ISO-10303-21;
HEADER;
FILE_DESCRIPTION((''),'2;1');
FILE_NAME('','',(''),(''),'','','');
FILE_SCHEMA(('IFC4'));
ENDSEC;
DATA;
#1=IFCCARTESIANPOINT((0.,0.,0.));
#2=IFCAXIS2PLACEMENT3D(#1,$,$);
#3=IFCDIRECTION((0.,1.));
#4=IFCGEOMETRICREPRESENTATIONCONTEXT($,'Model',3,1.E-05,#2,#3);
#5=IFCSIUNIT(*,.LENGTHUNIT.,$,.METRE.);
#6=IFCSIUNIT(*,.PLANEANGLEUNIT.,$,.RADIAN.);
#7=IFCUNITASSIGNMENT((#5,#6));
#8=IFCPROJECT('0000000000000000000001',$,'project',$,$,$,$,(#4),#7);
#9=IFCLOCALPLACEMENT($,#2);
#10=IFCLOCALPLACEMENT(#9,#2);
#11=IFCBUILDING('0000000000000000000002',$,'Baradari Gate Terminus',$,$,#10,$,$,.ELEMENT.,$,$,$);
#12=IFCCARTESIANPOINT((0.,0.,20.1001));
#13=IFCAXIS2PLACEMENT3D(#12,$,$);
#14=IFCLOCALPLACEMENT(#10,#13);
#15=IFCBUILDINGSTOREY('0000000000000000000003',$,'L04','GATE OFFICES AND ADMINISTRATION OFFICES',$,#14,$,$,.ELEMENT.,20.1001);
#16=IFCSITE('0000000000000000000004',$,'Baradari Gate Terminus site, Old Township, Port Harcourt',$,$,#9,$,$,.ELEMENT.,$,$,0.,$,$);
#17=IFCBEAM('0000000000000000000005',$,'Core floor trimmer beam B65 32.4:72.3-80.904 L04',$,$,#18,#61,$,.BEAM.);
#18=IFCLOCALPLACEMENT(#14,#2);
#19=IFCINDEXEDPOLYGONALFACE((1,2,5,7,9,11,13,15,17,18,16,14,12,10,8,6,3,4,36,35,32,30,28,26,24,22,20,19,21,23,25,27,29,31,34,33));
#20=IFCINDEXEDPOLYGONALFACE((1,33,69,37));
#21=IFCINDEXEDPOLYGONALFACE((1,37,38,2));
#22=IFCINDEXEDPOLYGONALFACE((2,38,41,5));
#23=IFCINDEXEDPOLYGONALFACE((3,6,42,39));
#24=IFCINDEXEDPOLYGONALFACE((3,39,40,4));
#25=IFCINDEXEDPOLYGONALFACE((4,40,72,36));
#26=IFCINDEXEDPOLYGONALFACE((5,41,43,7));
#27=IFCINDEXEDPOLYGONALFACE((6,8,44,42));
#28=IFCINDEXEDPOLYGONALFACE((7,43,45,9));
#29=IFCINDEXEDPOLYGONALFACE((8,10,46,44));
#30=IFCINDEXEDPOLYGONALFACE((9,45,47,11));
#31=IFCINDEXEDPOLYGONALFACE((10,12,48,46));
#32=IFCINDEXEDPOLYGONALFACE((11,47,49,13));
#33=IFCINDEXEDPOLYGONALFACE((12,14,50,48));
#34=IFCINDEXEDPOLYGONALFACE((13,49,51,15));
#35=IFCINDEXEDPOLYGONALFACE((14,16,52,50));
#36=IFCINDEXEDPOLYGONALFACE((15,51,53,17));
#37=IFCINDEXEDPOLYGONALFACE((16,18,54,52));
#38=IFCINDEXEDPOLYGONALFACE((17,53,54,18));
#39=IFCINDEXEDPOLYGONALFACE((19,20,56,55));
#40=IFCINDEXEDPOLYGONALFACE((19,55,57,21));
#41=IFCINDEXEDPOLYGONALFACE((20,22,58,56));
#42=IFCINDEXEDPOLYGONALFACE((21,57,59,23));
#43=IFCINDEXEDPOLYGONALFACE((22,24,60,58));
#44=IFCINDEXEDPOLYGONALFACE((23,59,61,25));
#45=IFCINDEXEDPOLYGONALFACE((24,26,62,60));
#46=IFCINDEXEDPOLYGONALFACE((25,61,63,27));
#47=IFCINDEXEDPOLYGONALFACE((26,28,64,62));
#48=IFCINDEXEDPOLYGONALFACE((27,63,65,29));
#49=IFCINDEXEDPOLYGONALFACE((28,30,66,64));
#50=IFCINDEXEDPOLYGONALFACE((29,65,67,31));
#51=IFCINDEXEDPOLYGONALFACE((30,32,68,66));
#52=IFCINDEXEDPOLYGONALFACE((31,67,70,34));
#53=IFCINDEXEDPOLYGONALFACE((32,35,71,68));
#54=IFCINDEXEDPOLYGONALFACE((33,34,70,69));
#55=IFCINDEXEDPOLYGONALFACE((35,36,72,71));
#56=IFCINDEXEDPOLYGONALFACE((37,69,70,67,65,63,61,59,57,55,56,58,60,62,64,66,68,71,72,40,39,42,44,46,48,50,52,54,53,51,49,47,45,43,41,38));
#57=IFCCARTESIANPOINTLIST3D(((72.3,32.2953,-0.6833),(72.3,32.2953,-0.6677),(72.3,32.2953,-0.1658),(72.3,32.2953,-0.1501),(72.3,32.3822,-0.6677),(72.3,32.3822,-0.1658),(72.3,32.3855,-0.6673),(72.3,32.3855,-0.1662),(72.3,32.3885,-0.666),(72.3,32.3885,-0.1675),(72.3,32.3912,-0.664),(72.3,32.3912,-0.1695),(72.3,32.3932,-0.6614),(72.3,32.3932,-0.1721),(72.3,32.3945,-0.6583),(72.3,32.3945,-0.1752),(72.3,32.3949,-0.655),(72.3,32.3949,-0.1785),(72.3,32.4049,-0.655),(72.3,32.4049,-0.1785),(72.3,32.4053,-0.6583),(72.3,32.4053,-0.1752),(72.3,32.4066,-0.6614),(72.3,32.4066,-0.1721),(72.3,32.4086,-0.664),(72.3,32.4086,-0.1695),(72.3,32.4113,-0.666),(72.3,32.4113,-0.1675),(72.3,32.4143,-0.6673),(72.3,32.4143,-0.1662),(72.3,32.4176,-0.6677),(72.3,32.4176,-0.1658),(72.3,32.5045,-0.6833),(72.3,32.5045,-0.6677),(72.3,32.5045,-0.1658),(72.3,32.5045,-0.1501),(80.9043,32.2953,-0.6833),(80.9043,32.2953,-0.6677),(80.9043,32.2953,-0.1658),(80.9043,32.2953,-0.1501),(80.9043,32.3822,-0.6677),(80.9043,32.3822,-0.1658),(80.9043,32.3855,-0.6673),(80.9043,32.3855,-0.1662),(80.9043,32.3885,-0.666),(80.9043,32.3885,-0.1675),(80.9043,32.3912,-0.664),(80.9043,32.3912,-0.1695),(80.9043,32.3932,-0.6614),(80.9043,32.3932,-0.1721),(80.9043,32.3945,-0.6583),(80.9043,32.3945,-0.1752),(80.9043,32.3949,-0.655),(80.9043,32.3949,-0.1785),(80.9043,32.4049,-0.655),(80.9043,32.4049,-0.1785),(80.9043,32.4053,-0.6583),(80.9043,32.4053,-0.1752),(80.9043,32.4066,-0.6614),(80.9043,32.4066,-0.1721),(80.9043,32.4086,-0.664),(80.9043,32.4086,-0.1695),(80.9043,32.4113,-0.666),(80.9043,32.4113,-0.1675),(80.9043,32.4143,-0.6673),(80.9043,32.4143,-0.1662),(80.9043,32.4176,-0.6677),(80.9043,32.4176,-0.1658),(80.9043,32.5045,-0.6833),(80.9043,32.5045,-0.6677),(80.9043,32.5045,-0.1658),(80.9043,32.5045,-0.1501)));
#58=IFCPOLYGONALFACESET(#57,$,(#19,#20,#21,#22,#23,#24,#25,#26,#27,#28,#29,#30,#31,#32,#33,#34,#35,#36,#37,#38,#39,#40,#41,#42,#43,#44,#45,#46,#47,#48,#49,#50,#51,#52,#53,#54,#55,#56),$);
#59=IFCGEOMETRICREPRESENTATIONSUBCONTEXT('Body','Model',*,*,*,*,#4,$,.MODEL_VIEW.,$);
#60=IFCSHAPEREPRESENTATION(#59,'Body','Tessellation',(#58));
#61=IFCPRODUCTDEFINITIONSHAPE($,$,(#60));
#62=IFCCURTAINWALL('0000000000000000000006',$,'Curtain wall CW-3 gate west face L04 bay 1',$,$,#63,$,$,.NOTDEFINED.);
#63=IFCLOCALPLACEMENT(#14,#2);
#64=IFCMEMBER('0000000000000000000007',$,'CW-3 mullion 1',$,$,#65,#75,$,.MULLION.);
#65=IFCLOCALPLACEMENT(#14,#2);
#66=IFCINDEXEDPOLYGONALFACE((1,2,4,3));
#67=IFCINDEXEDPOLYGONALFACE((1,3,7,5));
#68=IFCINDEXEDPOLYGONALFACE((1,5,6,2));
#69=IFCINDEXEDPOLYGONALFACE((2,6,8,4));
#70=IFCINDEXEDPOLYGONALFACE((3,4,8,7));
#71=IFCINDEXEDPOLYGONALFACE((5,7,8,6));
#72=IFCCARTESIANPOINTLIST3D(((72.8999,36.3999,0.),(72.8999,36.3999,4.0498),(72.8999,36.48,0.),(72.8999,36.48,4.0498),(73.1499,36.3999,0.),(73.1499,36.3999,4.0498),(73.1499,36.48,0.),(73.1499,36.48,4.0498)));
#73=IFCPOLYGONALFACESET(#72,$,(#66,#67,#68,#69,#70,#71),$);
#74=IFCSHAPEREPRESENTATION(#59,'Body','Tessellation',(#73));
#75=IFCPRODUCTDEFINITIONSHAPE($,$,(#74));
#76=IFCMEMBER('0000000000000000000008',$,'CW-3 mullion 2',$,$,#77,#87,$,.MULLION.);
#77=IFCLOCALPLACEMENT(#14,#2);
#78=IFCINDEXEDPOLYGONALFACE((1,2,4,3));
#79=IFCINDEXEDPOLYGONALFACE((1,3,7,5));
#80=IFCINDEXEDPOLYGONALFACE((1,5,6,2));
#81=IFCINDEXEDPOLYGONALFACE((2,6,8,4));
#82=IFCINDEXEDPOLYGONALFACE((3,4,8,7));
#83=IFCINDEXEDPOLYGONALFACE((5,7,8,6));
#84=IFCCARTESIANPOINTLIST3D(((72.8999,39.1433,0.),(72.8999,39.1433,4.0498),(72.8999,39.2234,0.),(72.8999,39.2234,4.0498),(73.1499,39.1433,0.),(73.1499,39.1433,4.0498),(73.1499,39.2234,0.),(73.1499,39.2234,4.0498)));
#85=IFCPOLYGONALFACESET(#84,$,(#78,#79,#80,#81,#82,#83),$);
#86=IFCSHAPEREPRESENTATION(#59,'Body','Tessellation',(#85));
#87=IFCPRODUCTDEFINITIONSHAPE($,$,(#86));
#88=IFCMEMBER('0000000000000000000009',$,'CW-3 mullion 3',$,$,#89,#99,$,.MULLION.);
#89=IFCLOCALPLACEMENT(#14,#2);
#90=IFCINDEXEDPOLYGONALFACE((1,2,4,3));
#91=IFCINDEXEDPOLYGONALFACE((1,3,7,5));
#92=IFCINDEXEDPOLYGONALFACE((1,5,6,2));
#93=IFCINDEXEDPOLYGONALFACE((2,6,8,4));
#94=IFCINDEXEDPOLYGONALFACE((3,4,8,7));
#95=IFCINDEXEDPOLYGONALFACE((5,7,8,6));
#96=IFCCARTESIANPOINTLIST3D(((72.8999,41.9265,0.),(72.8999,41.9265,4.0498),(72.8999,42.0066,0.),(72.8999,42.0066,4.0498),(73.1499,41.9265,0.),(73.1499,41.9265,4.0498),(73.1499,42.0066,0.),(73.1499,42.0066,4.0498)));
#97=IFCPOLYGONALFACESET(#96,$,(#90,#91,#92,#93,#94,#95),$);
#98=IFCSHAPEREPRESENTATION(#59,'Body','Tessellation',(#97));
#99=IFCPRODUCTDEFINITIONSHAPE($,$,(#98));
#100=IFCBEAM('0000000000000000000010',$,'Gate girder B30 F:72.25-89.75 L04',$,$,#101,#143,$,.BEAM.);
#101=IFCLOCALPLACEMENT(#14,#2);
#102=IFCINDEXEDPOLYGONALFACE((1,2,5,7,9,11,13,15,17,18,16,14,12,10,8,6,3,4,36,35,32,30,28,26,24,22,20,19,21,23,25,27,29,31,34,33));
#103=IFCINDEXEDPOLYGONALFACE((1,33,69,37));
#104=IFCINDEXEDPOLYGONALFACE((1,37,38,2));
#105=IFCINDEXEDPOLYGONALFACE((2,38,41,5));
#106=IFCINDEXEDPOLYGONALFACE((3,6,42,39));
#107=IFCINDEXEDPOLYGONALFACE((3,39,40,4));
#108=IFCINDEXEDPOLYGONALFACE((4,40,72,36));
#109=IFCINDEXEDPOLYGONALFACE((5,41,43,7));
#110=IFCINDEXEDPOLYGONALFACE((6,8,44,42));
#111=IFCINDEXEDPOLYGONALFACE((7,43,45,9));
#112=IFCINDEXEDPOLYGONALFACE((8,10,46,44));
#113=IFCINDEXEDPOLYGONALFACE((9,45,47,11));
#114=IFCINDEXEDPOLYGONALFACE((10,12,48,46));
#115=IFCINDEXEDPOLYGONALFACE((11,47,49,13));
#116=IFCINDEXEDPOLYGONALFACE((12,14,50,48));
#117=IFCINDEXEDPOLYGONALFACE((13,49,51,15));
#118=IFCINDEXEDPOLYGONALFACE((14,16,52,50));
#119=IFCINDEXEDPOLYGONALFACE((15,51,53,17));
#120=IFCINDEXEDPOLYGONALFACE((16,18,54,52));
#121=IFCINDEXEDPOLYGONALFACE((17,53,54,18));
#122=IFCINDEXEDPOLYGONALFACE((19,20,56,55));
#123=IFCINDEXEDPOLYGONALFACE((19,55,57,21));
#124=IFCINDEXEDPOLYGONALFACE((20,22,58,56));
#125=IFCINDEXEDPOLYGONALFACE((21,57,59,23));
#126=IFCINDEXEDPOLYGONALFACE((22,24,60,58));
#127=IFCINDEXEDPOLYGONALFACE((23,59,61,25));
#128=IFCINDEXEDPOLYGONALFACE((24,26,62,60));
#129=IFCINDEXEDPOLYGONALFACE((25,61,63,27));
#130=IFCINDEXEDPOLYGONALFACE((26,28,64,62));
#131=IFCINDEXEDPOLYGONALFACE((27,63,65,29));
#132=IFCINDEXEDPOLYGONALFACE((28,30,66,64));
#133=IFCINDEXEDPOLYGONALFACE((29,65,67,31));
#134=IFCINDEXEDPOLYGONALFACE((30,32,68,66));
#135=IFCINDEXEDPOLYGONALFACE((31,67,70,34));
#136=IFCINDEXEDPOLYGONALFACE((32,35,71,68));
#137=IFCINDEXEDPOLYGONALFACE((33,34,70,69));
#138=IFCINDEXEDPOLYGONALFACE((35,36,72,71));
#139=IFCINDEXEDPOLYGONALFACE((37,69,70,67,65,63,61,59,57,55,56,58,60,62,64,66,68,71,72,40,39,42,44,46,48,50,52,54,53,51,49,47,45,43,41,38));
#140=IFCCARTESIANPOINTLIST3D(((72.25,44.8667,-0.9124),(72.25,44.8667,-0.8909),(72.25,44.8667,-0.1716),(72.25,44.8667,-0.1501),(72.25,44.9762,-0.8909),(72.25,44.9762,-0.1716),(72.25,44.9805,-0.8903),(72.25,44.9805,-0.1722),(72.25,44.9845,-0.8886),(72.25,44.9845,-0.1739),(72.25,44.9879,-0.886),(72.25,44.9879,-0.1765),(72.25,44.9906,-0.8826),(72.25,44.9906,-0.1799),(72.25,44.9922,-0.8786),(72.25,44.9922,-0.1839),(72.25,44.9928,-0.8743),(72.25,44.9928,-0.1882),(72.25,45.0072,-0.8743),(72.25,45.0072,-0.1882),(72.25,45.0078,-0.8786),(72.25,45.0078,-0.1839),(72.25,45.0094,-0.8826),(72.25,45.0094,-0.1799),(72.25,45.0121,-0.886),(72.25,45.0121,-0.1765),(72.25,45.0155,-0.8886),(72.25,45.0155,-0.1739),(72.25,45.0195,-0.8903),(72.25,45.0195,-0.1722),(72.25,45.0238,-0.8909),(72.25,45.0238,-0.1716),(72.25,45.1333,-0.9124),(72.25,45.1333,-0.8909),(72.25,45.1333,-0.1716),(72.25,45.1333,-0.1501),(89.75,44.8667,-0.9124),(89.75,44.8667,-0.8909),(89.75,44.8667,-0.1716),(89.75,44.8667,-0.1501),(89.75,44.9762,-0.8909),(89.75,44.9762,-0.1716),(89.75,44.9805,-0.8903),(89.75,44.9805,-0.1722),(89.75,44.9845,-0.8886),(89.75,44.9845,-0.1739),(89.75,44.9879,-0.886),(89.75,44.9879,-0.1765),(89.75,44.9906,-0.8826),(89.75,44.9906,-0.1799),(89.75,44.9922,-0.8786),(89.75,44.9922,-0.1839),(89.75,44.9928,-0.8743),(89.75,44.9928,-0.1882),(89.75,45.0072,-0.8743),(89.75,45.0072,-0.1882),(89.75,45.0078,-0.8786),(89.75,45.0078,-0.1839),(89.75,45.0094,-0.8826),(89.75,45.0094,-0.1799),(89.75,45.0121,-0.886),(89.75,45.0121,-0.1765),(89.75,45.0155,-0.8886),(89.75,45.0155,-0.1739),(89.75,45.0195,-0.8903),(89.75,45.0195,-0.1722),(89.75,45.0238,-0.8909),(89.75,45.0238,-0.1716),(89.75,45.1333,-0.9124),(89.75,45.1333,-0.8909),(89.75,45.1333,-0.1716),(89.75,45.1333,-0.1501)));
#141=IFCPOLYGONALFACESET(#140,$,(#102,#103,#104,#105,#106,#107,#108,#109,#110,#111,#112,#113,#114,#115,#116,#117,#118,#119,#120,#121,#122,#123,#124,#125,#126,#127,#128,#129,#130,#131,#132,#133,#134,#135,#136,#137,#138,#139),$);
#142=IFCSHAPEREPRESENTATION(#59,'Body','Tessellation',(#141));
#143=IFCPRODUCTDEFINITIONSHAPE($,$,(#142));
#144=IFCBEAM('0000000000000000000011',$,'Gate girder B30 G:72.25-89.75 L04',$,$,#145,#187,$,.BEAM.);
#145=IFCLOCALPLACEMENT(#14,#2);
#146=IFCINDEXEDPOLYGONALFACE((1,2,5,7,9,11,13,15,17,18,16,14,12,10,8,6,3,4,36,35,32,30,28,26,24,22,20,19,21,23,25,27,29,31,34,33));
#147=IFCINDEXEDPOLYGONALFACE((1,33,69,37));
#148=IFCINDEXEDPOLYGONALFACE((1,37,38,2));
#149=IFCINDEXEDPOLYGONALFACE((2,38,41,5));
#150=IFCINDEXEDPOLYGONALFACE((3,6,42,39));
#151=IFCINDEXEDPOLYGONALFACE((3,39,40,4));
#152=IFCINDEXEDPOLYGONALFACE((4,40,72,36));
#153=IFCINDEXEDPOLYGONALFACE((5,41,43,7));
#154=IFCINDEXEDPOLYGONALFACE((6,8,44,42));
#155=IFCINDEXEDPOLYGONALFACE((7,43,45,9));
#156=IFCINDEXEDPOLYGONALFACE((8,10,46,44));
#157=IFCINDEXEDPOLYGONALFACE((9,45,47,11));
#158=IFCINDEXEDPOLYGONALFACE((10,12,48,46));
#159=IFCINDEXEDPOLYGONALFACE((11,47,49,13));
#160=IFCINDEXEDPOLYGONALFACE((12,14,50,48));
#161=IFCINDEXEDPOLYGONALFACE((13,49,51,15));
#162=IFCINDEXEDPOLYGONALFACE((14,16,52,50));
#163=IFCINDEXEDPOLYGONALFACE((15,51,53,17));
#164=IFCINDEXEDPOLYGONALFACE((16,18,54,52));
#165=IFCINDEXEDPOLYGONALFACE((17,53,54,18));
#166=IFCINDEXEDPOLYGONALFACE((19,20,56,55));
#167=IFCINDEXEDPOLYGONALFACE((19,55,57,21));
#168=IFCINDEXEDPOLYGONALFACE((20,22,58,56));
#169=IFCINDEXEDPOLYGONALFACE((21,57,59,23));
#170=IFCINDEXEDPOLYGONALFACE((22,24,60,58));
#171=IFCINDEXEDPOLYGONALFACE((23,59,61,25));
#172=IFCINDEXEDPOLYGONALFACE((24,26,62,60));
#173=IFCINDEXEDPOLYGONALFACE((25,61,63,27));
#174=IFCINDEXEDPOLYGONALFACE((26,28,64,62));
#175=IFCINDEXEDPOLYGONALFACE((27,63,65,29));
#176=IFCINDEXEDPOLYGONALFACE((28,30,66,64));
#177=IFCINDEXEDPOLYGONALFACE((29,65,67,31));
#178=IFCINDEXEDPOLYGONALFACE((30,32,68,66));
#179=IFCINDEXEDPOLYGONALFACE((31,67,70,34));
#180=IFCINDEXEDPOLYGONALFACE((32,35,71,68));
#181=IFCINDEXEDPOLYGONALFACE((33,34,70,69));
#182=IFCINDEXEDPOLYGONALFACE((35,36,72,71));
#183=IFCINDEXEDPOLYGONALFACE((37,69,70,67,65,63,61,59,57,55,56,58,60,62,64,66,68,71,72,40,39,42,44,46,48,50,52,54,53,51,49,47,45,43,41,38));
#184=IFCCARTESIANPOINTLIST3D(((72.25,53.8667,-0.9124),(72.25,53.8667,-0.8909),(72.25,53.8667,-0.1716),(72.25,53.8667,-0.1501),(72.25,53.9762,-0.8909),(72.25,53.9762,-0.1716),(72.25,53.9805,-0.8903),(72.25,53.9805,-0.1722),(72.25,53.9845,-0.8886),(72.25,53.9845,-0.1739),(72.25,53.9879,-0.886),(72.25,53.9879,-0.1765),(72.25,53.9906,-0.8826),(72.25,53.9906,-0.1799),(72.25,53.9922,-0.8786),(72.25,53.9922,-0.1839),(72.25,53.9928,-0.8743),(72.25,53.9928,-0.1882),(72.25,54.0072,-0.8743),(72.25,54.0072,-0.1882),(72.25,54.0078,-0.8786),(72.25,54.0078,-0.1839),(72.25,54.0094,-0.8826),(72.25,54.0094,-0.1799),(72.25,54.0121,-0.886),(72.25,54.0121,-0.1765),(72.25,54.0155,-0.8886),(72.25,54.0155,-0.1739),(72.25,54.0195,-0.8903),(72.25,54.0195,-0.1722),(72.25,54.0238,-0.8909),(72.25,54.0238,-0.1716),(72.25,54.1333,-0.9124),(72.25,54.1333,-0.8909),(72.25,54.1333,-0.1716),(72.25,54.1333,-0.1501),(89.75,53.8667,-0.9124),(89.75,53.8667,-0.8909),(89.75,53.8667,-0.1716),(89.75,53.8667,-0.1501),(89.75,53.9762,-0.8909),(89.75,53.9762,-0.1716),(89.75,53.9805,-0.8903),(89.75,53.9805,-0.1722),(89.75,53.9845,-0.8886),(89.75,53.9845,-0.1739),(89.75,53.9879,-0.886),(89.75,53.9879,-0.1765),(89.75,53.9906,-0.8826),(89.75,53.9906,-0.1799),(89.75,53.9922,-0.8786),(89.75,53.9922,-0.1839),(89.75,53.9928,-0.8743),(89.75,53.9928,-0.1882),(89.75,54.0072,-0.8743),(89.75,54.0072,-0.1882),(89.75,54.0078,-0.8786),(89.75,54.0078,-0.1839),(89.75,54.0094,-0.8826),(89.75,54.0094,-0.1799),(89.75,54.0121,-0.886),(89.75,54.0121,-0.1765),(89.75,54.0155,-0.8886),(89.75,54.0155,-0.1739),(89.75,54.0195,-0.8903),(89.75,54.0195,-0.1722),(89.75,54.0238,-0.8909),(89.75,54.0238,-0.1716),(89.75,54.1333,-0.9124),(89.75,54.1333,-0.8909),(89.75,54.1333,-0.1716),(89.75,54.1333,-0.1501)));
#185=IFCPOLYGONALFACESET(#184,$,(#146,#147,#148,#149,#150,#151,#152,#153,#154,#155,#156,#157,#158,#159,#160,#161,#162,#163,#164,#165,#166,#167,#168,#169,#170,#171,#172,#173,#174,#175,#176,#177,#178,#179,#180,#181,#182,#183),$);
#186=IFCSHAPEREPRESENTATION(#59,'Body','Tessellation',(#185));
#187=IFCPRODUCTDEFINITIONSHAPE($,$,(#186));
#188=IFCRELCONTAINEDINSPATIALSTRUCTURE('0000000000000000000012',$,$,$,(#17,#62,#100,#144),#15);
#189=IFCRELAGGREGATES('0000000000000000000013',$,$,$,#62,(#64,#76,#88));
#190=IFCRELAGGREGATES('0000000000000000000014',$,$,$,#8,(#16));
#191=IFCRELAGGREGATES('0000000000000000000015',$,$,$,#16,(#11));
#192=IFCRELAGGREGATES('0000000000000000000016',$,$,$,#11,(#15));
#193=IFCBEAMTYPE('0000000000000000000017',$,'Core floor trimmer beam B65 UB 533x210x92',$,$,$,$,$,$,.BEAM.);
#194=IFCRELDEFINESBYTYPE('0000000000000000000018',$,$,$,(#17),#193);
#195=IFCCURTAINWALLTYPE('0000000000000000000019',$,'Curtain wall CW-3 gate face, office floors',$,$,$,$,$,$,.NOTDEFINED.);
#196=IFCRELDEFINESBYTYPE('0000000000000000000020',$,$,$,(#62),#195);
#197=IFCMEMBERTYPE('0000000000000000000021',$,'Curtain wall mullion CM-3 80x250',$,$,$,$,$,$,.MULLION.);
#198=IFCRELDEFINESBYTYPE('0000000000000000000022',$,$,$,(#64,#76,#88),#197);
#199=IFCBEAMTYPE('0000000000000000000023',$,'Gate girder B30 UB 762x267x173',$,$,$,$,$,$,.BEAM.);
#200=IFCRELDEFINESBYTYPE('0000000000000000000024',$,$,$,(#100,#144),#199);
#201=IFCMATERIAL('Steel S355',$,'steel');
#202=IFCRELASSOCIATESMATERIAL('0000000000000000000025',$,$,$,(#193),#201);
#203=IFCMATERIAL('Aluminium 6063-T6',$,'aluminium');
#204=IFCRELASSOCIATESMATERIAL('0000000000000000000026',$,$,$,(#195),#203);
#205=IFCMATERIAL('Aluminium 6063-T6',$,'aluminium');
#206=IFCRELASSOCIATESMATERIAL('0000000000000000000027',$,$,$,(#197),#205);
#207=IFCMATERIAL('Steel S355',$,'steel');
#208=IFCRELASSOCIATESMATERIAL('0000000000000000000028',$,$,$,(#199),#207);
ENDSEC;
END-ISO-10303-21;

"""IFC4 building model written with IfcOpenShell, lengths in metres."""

from ifc_helpers import new_model, si_unit, direction, frame, origin, origin_2d, place, context, subcontext, project, spatial, rectangle, i_section, extrude, material, material_profile, profile_set, type_object, element, aggregate, save


model = new_model("IFC4")

# Units and contexts
model_context = context("Model", 3, precision=1e-05, world=origin(), true_north=direction((0.0, 1.0)))
body_context = subcontext(model_context, "Body", "Model", "MODEL_VIEW")
ifc_project = project(units=[si_unit("LENGTHUNIT", "METRE"), si_unit("PLANEANGLEUNIT", "RADIAN")], contexts=[model_context])

# Site, building, storey
site_placement = place(None, origin())
site = spatial("IfcSite", under=ifc_project, at=site_placement, Name="Baradari Gate Terminus site, Old Township, Port Harcourt", CompositionType="ELEMENT", RefElevation=0.0)
building_placement = place(site_placement, origin())
building = spatial("IfcBuilding", under=site, at=building_placement, Name="Baradari Gate Terminus", CompositionType="ELEMENT")
storey_placement = place(building_placement, frame((0.0, 0.0, 20.1001)))
storey = spatial("IfcBuildingStorey", under=building, at=storey_placement, Name="L04", Description="GATE OFFICES AND ADMINISTRATION OFFICES", CompositionType="ELEMENT", Elevation=20.1001)

# Beam
ifc_material_1 = material(Name="Steel S355", Category="steel")
ifc_material_profile_1 = material_profile(ifc_material_1, i_section(OverallWidth=0.2092, OverallDepth=0.5332, WebThickness=0.01, FlangeThickness=0.0156, FilletRadius=0.0127, at=origin_2d()), Name="UB 533x210x92")
ifc_profile_set_1 = profile_set([ifc_material_profile_1], Name="Steel S355")
beam_type_1 = type_object("IfcBeamType", Name="Core floor trimmer beam B65 UB 533x210x92", PredefinedType="BEAM", material=ifc_profile_set_1)
beam_placement = place(storey_placement, frame((72.3, 32.3999, -0.4167), z_axis=(1.0, 0.0, 0.0), x_axis=(0.0, 1.0, 0.0)))
element("IfcBeam", 1, at=beam_placement, inside=storey, type_object=beam_type_1, Name="Core floor trimmer beam B65 32.4:72.3-80.904 L04", PredefinedType="BEAM", context=body_context, shape_type="SweptSolid", body=[
    extrude(i_section(OverallWidth=0.2092, OverallDepth=0.5332, WebThickness=0.01, FlangeThickness=0.0156, FilletRadius=0.0127, at=origin_2d()), origin(), (0.0, 0.0, 1.0), 8.6042),
])

# Curtain wall, members
ifc_material_2 = material(Name="Aluminium 6063-T6", Category="aluminium")
curtain_wall_type = type_object("IfcCurtainWallType", Name="Curtain wall CW-3 gate face, office floors", PredefinedType="NOTDEFINED", material=ifc_material_2)
curtain_wall_placement = place(storey_placement, origin())
curtain_wall = element("IfcCurtainWall", 2, at=curtain_wall_placement, inside=storey, type_object=curtain_wall_type, Name="Curtain wall CW-3 gate west face L04 bay 1", PredefinedType="NOTDEFINED")
ifc_material_3 = material(Name="Aluminium 6063-T6", Category="aluminium")
ifc_material_profile_2 = material_profile(ifc_material_3, rectangle(XDim=0.25, YDim=0.0801, at=origin_2d()), Name="CM-3 80X250")
ifc_profile_set_2 = profile_set([ifc_material_profile_2], Name="Aluminium 6063-T6")
member_type = type_object("IfcMemberType", Name="Curtain wall mullion CM-3 80x250", PredefinedType="MULLION", material=ifc_profile_set_2)
member_1_placement = place(storey_placement, frame((73.0249, 36.4399, 0.0), z_axis=(0.0, 0.0, 1.0), x_axis=(-1.0, 0.0, 0.0)))
member_1 = element("IfcMember", 3, at=member_1_placement, type_object=member_type, Name="CW-3 mullion 1", PredefinedType="MULLION", context=body_context, shape_type="SweptSolid", body=[
    extrude(rectangle(XDim=0.25, YDim=0.0801, at=origin_2d()), origin(), (0.0, 0.0, 1.0), 4.0498),
])
member_2_placement = place(storey_placement, frame((73.0249, 39.1833, 0.0), z_axis=(0.0, 0.0, 1.0), x_axis=(-1.0, 0.0, 0.0)))
member_2 = element("IfcMember", 4, at=member_2_placement, type_object=member_type, Name="CW-3 mullion 2", PredefinedType="MULLION", context=body_context, shape_type="SweptSolid", body=[
    extrude(rectangle(XDim=0.25, YDim=0.0801, at=origin_2d()), origin(), (0.0, 0.0, 1.0), 4.0498),
])
member_3_placement = place(storey_placement, frame((73.0249, 41.9666, 0.0), z_axis=(0.0, 0.0, 1.0), x_axis=(-1.0, 0.0, 0.0)))
member_3 = element("IfcMember", 5, at=member_3_placement, type_object=member_type, Name="CW-3 mullion 3", PredefinedType="MULLION", context=body_context, shape_type="SweptSolid", body=[
    extrude(rectangle(XDim=0.25, YDim=0.0801, at=origin_2d()), origin(), (0.0, 0.0, 1.0), 4.0498),
])
aggregate(curtain_wall, [member_1, member_2, member_3])

# Beams
ifc_material_4 = material(Name="Steel S355", Category="steel")
ifc_material_profile_3 = material_profile(ifc_material_4, i_section(OverallWidth=0.2666, OverallDepth=0.7622, WebThickness=0.0144, FlangeThickness=0.0215, FilletRadius=0.0166, at=origin_2d()), Name="UB 762x267x173")
ifc_profile_set_3 = profile_set([ifc_material_profile_3], Name="Steel S355")
beam_type_2 = type_object("IfcBeamType", Name="Gate girder B30 UB 762x267x173", PredefinedType="BEAM", material=ifc_profile_set_3)
for number, where, z_axis, x_axis, name in (
    (6, (72.25, 45.0, -0.5312), (1.0, 0.0, 0.0), (0.0, 1.0, 0.0), "Gate girder B30 F:72.25-89.75 L04"),
    (7, (72.25, 54.0, -0.5312), (1.0, 0.0, 0.0), (0.0, 1.0, 0.0), "Gate girder B30 G:72.25-89.75 L04"),
):
    element("IfcBeam", number, at=place(storey_placement, frame(where, z_axis=z_axis, x_axis=x_axis)), inside=storey, type_object=beam_type_2, Name=name, PredefinedType="BEAM", context=body_context, shape_type="SweptSolid", body=[
        extrude(i_section(OverallWidth=0.2666, OverallDepth=0.7622, WebThickness=0.0144, FlangeThickness=0.0215, FilletRadius=0.0166, at=origin_2d()), origin(), (0.0, 0.0, 1.0), 17.5),
    ])

save(model, "model.ifc")
